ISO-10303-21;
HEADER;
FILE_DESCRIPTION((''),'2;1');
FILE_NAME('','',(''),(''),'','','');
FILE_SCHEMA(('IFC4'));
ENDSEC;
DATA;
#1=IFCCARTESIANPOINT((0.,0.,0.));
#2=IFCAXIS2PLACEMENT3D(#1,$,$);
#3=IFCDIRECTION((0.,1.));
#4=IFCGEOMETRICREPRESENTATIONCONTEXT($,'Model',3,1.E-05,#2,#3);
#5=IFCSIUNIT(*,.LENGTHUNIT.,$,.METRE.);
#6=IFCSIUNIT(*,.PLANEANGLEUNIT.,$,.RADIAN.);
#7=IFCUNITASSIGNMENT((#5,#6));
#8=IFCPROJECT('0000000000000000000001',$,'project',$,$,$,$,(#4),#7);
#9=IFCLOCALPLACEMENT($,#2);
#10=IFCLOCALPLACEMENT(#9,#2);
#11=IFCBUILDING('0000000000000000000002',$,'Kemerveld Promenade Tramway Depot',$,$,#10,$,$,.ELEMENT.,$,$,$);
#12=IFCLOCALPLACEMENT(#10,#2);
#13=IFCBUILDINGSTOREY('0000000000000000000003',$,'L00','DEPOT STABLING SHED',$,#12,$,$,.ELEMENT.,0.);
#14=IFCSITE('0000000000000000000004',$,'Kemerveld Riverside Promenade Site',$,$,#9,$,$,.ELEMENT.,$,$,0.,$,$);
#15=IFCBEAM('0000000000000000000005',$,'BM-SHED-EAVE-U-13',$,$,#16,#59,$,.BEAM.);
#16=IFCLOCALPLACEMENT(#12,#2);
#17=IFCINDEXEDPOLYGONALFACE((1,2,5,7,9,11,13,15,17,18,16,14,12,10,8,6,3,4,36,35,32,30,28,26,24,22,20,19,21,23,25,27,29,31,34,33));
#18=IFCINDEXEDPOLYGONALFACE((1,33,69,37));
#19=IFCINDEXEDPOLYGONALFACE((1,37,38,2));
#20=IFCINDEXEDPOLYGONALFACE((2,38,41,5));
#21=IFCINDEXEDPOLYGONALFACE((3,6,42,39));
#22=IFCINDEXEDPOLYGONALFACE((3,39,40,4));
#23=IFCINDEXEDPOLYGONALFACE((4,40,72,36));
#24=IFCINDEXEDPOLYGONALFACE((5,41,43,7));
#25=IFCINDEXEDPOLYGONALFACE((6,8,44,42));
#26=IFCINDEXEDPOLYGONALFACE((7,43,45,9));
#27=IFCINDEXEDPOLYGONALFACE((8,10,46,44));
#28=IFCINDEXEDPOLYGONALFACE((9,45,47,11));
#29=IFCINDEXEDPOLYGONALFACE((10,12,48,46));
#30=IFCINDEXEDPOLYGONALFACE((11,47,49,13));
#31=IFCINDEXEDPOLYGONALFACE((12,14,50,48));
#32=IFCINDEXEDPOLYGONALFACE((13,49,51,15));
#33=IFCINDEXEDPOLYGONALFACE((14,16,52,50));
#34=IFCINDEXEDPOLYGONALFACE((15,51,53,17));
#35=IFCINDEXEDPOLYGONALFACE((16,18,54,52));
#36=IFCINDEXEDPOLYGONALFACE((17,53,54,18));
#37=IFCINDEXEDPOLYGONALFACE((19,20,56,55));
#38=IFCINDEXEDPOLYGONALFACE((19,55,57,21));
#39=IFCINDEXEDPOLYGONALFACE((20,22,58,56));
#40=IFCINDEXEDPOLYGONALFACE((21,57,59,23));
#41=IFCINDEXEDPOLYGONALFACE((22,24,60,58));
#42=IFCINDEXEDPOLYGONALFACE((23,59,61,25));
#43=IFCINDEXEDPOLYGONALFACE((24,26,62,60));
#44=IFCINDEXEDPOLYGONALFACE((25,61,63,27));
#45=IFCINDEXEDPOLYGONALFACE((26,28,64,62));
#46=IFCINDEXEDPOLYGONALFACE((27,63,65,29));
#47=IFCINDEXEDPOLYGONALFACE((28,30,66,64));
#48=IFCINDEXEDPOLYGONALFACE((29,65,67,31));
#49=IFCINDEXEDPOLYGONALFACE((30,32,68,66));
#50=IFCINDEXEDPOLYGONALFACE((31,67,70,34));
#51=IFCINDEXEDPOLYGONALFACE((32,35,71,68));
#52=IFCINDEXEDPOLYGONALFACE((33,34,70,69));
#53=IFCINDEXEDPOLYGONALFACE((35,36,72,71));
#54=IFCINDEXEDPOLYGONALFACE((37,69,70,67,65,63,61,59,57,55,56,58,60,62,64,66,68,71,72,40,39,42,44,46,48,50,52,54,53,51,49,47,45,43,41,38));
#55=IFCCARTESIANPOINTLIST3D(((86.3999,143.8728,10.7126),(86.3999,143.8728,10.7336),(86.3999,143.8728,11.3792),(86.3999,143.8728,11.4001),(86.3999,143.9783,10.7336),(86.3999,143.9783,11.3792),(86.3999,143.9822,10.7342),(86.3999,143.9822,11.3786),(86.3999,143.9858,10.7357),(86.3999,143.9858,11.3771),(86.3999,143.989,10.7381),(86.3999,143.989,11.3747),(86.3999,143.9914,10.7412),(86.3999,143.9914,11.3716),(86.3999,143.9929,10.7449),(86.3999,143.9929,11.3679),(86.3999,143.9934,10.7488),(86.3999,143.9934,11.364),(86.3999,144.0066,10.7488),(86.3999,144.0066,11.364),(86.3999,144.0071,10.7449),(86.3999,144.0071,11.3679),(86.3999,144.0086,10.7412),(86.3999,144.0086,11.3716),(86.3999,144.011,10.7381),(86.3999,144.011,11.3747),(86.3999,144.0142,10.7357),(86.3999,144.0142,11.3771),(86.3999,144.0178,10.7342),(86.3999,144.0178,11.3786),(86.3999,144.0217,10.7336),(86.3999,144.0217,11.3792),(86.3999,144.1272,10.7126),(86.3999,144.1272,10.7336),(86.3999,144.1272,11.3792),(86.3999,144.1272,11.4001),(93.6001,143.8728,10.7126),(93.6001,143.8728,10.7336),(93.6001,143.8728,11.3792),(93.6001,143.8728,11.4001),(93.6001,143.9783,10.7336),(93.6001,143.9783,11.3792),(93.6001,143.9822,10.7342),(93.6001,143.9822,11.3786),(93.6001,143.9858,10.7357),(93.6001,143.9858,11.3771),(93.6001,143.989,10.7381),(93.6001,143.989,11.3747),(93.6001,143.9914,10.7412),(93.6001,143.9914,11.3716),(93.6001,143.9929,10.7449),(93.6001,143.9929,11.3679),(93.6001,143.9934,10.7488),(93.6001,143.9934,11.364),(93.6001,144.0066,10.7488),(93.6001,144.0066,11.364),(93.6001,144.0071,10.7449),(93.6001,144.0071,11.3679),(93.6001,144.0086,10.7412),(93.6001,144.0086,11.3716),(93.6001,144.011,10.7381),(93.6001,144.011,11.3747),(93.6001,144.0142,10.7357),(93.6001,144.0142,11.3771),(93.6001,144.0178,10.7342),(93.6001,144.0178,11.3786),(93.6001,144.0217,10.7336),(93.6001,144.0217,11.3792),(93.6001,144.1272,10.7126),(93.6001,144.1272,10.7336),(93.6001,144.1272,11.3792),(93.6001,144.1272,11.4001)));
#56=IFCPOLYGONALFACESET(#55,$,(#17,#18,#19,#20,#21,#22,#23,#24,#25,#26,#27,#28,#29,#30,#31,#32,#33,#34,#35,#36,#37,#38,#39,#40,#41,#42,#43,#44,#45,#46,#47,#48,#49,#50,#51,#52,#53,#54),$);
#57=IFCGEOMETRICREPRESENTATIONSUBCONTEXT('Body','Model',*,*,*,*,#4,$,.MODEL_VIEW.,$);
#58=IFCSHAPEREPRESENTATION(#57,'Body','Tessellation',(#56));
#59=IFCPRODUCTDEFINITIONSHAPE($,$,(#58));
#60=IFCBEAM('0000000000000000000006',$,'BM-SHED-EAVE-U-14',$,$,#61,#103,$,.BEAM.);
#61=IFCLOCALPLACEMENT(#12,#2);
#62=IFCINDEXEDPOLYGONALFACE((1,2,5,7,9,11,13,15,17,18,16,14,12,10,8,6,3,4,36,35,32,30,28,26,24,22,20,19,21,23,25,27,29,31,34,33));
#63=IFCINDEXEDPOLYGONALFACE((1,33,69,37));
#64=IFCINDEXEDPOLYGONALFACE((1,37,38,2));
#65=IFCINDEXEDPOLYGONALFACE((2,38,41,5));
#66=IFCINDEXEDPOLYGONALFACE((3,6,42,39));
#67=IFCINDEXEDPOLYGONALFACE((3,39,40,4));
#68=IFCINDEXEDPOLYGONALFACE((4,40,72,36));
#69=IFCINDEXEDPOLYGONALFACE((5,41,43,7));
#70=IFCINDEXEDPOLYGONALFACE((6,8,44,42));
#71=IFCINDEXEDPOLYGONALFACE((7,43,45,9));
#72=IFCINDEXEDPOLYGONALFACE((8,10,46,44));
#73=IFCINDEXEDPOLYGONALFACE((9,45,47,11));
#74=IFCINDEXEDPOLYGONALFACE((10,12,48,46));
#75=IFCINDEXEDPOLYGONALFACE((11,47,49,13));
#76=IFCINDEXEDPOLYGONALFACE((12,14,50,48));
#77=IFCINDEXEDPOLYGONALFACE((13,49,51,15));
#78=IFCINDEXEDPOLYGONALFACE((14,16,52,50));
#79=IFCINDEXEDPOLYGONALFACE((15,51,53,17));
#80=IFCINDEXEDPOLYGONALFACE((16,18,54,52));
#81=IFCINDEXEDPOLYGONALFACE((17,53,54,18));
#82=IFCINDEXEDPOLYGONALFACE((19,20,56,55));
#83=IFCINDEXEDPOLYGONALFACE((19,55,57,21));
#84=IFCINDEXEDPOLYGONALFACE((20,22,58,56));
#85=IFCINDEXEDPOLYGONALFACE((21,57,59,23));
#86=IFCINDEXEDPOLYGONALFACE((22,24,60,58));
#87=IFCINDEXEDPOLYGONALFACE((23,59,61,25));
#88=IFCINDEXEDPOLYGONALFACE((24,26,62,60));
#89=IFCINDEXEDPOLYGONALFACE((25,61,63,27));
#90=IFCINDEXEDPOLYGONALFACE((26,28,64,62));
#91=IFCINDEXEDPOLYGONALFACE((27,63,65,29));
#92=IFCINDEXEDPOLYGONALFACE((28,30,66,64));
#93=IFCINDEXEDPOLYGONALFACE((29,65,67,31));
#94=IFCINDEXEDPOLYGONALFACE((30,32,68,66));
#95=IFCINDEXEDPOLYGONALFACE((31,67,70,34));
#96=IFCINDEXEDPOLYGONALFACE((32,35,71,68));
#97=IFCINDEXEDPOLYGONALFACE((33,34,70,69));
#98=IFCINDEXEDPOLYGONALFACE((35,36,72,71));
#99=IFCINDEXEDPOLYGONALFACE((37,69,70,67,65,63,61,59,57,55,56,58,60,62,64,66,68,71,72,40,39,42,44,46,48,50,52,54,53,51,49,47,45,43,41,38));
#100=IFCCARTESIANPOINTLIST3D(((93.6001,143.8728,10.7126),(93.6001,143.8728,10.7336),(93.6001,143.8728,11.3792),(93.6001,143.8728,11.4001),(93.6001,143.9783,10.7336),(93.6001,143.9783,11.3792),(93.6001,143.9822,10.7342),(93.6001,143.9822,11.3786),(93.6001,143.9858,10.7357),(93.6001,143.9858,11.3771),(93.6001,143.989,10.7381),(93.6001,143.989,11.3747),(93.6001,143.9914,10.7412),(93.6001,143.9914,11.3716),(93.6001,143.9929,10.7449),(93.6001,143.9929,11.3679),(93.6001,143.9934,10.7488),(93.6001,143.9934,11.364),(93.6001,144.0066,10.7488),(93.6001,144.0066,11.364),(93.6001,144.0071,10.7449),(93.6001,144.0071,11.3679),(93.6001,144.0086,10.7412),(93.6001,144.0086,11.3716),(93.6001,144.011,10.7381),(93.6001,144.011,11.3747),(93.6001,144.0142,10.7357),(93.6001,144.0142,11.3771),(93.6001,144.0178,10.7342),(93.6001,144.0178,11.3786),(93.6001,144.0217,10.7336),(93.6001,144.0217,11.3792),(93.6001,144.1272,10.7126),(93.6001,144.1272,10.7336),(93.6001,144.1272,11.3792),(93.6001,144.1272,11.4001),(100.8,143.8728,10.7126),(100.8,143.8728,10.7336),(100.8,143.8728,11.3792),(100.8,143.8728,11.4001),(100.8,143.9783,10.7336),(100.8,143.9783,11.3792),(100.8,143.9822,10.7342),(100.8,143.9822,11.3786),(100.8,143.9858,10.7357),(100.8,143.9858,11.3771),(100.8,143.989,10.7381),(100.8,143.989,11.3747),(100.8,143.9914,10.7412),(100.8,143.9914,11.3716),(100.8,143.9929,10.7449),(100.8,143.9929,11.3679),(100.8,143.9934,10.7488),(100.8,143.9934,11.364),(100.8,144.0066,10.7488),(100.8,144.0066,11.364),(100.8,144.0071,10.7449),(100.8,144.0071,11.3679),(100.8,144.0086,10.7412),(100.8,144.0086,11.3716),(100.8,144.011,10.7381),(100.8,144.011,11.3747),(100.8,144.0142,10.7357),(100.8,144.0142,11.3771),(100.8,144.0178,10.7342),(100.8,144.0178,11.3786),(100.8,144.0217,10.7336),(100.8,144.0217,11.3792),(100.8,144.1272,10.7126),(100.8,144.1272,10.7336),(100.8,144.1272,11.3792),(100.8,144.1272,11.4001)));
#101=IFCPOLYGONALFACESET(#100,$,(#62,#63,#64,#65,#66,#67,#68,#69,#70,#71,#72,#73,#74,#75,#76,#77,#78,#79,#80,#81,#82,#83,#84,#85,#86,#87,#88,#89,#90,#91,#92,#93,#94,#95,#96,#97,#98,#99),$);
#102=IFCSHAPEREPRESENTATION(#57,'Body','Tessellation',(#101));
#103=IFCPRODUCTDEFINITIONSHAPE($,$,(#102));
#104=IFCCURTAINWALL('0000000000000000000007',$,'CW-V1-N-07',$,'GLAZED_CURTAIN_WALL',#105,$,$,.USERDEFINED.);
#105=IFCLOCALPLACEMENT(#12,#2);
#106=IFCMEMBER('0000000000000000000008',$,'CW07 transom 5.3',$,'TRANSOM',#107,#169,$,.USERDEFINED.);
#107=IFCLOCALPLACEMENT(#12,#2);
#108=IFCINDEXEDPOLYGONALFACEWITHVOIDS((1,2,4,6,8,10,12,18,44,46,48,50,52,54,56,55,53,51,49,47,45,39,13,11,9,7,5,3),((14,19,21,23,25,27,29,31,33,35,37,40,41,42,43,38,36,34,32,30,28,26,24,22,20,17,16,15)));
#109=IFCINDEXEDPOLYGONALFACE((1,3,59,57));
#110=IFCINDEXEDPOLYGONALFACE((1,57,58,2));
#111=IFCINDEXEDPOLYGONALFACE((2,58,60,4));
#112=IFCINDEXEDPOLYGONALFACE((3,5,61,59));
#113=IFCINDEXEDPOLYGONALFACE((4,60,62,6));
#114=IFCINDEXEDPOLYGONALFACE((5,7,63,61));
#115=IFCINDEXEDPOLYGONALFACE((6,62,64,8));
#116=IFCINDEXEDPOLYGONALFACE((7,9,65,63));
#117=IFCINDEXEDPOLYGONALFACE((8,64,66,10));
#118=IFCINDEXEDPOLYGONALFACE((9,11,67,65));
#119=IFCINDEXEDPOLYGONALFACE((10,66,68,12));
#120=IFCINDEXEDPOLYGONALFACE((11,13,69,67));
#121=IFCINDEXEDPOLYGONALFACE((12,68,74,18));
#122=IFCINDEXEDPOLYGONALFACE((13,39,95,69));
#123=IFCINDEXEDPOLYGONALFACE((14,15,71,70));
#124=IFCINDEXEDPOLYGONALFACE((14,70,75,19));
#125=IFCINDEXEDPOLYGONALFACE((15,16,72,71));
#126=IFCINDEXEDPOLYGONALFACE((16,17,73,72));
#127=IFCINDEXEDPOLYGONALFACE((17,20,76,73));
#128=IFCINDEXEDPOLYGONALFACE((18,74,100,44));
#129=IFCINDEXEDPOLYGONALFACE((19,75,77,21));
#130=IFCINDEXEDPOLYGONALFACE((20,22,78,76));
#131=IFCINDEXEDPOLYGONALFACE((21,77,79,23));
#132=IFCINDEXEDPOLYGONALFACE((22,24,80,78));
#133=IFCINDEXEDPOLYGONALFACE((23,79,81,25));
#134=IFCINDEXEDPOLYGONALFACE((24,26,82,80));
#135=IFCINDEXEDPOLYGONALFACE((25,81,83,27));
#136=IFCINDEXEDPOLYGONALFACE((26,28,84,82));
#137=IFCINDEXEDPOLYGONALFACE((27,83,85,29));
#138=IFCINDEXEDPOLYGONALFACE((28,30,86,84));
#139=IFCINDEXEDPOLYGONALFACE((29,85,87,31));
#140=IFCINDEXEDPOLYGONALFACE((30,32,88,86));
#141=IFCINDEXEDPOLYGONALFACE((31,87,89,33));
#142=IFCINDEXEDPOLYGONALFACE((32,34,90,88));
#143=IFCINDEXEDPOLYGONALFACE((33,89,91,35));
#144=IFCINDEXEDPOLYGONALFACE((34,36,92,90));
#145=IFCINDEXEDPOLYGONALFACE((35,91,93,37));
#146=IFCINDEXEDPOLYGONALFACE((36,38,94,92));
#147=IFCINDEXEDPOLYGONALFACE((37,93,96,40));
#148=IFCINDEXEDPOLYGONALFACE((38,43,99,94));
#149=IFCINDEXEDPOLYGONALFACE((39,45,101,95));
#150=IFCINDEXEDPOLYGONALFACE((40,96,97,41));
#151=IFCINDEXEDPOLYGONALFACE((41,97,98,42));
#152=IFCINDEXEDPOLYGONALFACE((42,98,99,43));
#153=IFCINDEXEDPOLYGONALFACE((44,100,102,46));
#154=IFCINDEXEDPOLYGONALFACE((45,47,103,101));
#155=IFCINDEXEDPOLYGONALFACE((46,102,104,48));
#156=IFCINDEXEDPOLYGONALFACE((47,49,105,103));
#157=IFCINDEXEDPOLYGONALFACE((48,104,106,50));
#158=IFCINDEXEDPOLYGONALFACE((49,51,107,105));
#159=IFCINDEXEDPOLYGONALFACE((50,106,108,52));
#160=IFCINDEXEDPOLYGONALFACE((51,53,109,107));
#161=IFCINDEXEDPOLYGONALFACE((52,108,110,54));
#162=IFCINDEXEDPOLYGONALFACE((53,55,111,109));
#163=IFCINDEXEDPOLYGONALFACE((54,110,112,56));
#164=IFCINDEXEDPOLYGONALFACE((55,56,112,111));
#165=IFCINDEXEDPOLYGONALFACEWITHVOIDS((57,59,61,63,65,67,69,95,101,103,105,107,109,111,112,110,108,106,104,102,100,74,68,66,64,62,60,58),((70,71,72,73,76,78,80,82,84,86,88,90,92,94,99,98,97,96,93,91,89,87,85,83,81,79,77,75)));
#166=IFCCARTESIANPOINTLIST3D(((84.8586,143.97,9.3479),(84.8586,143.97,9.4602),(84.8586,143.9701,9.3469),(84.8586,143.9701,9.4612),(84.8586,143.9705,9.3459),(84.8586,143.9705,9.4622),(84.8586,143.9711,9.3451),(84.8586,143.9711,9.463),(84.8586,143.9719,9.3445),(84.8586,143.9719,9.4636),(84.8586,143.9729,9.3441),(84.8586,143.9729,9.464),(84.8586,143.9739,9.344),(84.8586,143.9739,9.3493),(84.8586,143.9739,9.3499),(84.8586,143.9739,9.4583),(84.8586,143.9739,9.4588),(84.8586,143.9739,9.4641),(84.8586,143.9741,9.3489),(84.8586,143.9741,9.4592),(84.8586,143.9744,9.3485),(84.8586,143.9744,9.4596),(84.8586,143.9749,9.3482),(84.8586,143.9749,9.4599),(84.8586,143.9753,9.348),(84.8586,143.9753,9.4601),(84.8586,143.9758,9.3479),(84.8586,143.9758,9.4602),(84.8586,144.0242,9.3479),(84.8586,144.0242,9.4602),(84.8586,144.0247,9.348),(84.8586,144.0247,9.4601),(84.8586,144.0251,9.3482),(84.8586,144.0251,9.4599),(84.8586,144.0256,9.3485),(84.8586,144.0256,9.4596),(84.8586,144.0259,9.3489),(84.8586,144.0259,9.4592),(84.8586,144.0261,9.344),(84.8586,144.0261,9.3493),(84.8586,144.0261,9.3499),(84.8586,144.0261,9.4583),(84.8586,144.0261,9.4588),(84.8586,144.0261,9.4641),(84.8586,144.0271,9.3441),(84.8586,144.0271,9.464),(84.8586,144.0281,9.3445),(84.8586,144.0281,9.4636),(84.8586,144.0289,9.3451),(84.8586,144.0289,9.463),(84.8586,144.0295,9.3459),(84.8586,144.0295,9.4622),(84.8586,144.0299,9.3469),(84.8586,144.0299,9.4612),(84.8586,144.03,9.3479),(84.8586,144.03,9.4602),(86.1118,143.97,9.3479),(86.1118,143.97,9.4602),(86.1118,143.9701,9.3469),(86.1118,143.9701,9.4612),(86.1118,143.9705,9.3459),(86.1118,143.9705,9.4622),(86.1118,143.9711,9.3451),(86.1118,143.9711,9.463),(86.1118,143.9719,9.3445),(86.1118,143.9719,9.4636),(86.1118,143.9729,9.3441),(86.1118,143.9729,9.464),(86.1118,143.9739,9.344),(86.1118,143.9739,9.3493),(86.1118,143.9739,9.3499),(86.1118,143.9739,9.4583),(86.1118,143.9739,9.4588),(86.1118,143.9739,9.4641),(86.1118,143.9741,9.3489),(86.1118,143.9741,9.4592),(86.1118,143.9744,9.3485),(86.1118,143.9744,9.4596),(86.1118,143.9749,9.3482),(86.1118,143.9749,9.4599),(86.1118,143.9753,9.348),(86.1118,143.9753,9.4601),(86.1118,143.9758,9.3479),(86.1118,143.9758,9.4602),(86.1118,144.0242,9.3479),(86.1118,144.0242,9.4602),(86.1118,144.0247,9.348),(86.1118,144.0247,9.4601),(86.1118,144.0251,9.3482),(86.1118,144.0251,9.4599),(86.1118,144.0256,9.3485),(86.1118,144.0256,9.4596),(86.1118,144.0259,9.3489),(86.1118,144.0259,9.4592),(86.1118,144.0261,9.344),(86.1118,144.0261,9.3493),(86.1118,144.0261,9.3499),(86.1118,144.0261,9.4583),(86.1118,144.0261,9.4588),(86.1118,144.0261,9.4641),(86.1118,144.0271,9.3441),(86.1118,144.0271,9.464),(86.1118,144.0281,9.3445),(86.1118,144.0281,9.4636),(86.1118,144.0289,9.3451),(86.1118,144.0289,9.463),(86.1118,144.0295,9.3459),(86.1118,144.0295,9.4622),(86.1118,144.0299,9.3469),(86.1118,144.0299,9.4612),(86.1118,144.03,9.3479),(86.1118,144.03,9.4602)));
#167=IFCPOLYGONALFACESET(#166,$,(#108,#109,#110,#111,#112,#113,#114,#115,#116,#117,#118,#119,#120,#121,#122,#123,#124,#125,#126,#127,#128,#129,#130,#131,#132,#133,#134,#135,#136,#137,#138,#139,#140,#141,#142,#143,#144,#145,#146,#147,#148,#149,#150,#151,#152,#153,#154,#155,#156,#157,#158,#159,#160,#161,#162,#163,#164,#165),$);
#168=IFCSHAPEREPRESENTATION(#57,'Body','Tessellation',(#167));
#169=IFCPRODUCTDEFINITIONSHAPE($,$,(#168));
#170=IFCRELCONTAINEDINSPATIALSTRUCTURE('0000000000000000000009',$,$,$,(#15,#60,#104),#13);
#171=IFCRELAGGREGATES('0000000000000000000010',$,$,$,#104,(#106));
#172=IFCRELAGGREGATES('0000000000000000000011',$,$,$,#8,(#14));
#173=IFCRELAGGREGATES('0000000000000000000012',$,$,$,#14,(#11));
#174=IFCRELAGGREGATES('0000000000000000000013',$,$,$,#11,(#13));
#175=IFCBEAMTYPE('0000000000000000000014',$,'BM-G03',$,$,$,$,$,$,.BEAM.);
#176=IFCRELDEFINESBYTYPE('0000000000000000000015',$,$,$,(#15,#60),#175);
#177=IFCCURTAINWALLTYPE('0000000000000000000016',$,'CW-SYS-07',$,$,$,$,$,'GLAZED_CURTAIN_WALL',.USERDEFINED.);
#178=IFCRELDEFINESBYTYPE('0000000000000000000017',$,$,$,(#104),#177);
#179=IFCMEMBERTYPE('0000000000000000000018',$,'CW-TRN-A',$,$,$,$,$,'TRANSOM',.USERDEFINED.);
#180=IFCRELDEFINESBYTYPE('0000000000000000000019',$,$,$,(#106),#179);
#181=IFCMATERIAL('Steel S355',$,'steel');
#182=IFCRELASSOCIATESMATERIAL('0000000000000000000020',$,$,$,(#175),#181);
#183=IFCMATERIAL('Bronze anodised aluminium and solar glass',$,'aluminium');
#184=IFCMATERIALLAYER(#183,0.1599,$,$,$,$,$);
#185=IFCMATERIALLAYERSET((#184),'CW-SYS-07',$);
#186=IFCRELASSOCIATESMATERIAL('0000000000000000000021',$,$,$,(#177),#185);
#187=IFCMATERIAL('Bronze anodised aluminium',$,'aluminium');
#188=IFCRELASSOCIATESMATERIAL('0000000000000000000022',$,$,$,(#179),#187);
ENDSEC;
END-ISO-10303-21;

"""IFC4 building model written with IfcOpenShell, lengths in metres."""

from ifc_helpers import new_model, si_unit, direction, frame, origin, origin_2d, place, context, subcontext, project, spatial, hollow_rectangle, i_section, extrude, material, layer, layer_set, material_profile, profile_set, type_object, element, aggregate, save


model = new_model("IFC4")

# Units and contexts
model_context = context("Model", 3, precision=1e-05, world=origin(), true_north=direction((0.0, 1.0)))
body_context = subcontext(model_context, "Body", "Model", "MODEL_VIEW")
ifc_project = project(units=[si_unit("LENGTHUNIT", "METRE"), si_unit("PLANEANGLEUNIT", "RADIAN")], contexts=[model_context])

# Site, building, storey
site_placement = place(None, origin())
site = spatial("IfcSite", under=ifc_project, at=site_placement, Name="Kemerveld Riverside Promenade Site", CompositionType="ELEMENT", RefElevation=0.0)
building_placement = place(site_placement, origin())
building = spatial("IfcBuilding", under=site, at=building_placement, Name="Kemerveld Promenade Tramway Depot", CompositionType="ELEMENT")
storey_placement = place(building_placement, origin())
storey = spatial("IfcBuildingStorey", under=building, at=storey_placement, Name="L00", Description="DEPOT STABLING SHED", CompositionType="ELEMENT", Elevation=0.0)

# Beams
ifc_material_1 = material(Name="Steel S355", Category="steel")
ifc_material_profile_1 = material_profile(ifc_material_1, i_section(OverallWidth=0.2544, OverallDepth=0.6875, WebThickness=0.0132, FlangeThickness=0.021, FilletRadius=0.0151, at=origin_2d()), Name="686x254x152 UB")
ifc_profile_set_1 = profile_set([ifc_material_profile_1], Name="Steel S355")
beam_type = type_object("IfcBeamType", Name="BM-G03", PredefinedType="BEAM", material=ifc_profile_set_1)
beam_1_placement = place(storey_placement, frame((86.3999, 144.0, 11.0564), z_axis=(1.0, 0.0, 0.0), x_axis=(0.0, 1.0, 0.0)))
element("IfcBeam", 1, at=beam_1_placement, inside=storey, type_object=beam_type, Name="BM-SHED-EAVE-U-13", PredefinedType="BEAM", context=body_context, shape_type="SweptSolid", body=[
    extrude(i_section(OverallWidth=0.2544, OverallDepth=0.6875, WebThickness=0.0132, FlangeThickness=0.021, FilletRadius=0.0151, at=origin_2d()), origin(), (0.0, 0.0, 1.0), 7.2002),
])
beam_2_placement = place(storey_placement, frame((93.6001, 144.0, 11.0564), z_axis=(1.0, 0.0, 0.0), x_axis=(0.0, 1.0, 0.0)))
element("IfcBeam", 2, at=beam_2_placement, inside=storey, type_object=beam_type, Name="BM-SHED-EAVE-U-14", PredefinedType="BEAM", context=body_context, shape_type="SweptSolid", body=[
    extrude(i_section(OverallWidth=0.2544, OverallDepth=0.6875, WebThickness=0.0132, FlangeThickness=0.021, FilletRadius=0.0151, at=origin_2d()), origin(), (0.0, 0.0, 1.0), 7.2),
])

# Curtain wall, member
ifc_material_2 = material(Name="Bronze anodised aluminium and solar glass", Category="aluminium")
ifc_layer_1 = layer(ifc_material_2, 0.1599)
ifc_layer_set_1 = layer_set([ifc_layer_1], Name="CW-SYS-07")
curtain_wall_type_1 = type_object("IfcCurtainWallType", Name="CW-SYS-07", ElementType="GLAZED_CURTAIN_WALL", PredefinedType="USERDEFINED", material=ifc_layer_set_1)
curtain_wall_1_placement = place(storey_placement, origin())
curtain_wall_1 = element("IfcCurtainWall", 3, at=curtain_wall_1_placement, inside=storey, type_object=curtain_wall_type_1, Name="CW-V1-N-07", ObjectType="GLAZED_CURTAIN_WALL", PredefinedType="USERDEFINED")
ifc_material_3 = material(Name="Bronze anodised aluminium", Category="aluminium")
ifc_material_profile_2 = material_profile(ifc_material_3, hollow_rectangle(XDim=0.0601, YDim=0.1201, WallThickness=0.0039, InnerFilletRadius=0.002, OuterFilletRadius=0.0039, at=origin_2d()), Name="CW-TRN-120x60")
ifc_profile_set_2 = profile_set([ifc_material_profile_2], Name="Bronze anodised aluminium")
member_type_1 = type_object("IfcMemberType", Name="CW-TRN-A", ElementType="TRANSOM", PredefinedType="USERDEFINED", material=ifc_profile_set_2)
member_1_placement = place(storey_placement, frame((84.8586, 144.0, 9.4041), z_axis=(1.0, 0.0, 0.0), x_axis=(0.0, 1.0, 0.0)))
member_1 = element("IfcMember", 4, at=member_1_placement, type_object=member_type_1, Name="CW07 transom 5.3", ObjectType="TRANSOM", PredefinedType="USERDEFINED", context=body_context, shape_type="SweptSolid", body=[
    extrude(hollow_rectangle(XDim=0.0601, YDim=0.1201, WallThickness=0.0039, InnerFilletRadius=0.002, OuterFilletRadius=0.0039, at=origin_2d()), origin(), (0.0, 0.0, 1.0), 1.2532),
])

aggregate(curtain_wall_1, [member_1])

save(model, "model.ifc")
